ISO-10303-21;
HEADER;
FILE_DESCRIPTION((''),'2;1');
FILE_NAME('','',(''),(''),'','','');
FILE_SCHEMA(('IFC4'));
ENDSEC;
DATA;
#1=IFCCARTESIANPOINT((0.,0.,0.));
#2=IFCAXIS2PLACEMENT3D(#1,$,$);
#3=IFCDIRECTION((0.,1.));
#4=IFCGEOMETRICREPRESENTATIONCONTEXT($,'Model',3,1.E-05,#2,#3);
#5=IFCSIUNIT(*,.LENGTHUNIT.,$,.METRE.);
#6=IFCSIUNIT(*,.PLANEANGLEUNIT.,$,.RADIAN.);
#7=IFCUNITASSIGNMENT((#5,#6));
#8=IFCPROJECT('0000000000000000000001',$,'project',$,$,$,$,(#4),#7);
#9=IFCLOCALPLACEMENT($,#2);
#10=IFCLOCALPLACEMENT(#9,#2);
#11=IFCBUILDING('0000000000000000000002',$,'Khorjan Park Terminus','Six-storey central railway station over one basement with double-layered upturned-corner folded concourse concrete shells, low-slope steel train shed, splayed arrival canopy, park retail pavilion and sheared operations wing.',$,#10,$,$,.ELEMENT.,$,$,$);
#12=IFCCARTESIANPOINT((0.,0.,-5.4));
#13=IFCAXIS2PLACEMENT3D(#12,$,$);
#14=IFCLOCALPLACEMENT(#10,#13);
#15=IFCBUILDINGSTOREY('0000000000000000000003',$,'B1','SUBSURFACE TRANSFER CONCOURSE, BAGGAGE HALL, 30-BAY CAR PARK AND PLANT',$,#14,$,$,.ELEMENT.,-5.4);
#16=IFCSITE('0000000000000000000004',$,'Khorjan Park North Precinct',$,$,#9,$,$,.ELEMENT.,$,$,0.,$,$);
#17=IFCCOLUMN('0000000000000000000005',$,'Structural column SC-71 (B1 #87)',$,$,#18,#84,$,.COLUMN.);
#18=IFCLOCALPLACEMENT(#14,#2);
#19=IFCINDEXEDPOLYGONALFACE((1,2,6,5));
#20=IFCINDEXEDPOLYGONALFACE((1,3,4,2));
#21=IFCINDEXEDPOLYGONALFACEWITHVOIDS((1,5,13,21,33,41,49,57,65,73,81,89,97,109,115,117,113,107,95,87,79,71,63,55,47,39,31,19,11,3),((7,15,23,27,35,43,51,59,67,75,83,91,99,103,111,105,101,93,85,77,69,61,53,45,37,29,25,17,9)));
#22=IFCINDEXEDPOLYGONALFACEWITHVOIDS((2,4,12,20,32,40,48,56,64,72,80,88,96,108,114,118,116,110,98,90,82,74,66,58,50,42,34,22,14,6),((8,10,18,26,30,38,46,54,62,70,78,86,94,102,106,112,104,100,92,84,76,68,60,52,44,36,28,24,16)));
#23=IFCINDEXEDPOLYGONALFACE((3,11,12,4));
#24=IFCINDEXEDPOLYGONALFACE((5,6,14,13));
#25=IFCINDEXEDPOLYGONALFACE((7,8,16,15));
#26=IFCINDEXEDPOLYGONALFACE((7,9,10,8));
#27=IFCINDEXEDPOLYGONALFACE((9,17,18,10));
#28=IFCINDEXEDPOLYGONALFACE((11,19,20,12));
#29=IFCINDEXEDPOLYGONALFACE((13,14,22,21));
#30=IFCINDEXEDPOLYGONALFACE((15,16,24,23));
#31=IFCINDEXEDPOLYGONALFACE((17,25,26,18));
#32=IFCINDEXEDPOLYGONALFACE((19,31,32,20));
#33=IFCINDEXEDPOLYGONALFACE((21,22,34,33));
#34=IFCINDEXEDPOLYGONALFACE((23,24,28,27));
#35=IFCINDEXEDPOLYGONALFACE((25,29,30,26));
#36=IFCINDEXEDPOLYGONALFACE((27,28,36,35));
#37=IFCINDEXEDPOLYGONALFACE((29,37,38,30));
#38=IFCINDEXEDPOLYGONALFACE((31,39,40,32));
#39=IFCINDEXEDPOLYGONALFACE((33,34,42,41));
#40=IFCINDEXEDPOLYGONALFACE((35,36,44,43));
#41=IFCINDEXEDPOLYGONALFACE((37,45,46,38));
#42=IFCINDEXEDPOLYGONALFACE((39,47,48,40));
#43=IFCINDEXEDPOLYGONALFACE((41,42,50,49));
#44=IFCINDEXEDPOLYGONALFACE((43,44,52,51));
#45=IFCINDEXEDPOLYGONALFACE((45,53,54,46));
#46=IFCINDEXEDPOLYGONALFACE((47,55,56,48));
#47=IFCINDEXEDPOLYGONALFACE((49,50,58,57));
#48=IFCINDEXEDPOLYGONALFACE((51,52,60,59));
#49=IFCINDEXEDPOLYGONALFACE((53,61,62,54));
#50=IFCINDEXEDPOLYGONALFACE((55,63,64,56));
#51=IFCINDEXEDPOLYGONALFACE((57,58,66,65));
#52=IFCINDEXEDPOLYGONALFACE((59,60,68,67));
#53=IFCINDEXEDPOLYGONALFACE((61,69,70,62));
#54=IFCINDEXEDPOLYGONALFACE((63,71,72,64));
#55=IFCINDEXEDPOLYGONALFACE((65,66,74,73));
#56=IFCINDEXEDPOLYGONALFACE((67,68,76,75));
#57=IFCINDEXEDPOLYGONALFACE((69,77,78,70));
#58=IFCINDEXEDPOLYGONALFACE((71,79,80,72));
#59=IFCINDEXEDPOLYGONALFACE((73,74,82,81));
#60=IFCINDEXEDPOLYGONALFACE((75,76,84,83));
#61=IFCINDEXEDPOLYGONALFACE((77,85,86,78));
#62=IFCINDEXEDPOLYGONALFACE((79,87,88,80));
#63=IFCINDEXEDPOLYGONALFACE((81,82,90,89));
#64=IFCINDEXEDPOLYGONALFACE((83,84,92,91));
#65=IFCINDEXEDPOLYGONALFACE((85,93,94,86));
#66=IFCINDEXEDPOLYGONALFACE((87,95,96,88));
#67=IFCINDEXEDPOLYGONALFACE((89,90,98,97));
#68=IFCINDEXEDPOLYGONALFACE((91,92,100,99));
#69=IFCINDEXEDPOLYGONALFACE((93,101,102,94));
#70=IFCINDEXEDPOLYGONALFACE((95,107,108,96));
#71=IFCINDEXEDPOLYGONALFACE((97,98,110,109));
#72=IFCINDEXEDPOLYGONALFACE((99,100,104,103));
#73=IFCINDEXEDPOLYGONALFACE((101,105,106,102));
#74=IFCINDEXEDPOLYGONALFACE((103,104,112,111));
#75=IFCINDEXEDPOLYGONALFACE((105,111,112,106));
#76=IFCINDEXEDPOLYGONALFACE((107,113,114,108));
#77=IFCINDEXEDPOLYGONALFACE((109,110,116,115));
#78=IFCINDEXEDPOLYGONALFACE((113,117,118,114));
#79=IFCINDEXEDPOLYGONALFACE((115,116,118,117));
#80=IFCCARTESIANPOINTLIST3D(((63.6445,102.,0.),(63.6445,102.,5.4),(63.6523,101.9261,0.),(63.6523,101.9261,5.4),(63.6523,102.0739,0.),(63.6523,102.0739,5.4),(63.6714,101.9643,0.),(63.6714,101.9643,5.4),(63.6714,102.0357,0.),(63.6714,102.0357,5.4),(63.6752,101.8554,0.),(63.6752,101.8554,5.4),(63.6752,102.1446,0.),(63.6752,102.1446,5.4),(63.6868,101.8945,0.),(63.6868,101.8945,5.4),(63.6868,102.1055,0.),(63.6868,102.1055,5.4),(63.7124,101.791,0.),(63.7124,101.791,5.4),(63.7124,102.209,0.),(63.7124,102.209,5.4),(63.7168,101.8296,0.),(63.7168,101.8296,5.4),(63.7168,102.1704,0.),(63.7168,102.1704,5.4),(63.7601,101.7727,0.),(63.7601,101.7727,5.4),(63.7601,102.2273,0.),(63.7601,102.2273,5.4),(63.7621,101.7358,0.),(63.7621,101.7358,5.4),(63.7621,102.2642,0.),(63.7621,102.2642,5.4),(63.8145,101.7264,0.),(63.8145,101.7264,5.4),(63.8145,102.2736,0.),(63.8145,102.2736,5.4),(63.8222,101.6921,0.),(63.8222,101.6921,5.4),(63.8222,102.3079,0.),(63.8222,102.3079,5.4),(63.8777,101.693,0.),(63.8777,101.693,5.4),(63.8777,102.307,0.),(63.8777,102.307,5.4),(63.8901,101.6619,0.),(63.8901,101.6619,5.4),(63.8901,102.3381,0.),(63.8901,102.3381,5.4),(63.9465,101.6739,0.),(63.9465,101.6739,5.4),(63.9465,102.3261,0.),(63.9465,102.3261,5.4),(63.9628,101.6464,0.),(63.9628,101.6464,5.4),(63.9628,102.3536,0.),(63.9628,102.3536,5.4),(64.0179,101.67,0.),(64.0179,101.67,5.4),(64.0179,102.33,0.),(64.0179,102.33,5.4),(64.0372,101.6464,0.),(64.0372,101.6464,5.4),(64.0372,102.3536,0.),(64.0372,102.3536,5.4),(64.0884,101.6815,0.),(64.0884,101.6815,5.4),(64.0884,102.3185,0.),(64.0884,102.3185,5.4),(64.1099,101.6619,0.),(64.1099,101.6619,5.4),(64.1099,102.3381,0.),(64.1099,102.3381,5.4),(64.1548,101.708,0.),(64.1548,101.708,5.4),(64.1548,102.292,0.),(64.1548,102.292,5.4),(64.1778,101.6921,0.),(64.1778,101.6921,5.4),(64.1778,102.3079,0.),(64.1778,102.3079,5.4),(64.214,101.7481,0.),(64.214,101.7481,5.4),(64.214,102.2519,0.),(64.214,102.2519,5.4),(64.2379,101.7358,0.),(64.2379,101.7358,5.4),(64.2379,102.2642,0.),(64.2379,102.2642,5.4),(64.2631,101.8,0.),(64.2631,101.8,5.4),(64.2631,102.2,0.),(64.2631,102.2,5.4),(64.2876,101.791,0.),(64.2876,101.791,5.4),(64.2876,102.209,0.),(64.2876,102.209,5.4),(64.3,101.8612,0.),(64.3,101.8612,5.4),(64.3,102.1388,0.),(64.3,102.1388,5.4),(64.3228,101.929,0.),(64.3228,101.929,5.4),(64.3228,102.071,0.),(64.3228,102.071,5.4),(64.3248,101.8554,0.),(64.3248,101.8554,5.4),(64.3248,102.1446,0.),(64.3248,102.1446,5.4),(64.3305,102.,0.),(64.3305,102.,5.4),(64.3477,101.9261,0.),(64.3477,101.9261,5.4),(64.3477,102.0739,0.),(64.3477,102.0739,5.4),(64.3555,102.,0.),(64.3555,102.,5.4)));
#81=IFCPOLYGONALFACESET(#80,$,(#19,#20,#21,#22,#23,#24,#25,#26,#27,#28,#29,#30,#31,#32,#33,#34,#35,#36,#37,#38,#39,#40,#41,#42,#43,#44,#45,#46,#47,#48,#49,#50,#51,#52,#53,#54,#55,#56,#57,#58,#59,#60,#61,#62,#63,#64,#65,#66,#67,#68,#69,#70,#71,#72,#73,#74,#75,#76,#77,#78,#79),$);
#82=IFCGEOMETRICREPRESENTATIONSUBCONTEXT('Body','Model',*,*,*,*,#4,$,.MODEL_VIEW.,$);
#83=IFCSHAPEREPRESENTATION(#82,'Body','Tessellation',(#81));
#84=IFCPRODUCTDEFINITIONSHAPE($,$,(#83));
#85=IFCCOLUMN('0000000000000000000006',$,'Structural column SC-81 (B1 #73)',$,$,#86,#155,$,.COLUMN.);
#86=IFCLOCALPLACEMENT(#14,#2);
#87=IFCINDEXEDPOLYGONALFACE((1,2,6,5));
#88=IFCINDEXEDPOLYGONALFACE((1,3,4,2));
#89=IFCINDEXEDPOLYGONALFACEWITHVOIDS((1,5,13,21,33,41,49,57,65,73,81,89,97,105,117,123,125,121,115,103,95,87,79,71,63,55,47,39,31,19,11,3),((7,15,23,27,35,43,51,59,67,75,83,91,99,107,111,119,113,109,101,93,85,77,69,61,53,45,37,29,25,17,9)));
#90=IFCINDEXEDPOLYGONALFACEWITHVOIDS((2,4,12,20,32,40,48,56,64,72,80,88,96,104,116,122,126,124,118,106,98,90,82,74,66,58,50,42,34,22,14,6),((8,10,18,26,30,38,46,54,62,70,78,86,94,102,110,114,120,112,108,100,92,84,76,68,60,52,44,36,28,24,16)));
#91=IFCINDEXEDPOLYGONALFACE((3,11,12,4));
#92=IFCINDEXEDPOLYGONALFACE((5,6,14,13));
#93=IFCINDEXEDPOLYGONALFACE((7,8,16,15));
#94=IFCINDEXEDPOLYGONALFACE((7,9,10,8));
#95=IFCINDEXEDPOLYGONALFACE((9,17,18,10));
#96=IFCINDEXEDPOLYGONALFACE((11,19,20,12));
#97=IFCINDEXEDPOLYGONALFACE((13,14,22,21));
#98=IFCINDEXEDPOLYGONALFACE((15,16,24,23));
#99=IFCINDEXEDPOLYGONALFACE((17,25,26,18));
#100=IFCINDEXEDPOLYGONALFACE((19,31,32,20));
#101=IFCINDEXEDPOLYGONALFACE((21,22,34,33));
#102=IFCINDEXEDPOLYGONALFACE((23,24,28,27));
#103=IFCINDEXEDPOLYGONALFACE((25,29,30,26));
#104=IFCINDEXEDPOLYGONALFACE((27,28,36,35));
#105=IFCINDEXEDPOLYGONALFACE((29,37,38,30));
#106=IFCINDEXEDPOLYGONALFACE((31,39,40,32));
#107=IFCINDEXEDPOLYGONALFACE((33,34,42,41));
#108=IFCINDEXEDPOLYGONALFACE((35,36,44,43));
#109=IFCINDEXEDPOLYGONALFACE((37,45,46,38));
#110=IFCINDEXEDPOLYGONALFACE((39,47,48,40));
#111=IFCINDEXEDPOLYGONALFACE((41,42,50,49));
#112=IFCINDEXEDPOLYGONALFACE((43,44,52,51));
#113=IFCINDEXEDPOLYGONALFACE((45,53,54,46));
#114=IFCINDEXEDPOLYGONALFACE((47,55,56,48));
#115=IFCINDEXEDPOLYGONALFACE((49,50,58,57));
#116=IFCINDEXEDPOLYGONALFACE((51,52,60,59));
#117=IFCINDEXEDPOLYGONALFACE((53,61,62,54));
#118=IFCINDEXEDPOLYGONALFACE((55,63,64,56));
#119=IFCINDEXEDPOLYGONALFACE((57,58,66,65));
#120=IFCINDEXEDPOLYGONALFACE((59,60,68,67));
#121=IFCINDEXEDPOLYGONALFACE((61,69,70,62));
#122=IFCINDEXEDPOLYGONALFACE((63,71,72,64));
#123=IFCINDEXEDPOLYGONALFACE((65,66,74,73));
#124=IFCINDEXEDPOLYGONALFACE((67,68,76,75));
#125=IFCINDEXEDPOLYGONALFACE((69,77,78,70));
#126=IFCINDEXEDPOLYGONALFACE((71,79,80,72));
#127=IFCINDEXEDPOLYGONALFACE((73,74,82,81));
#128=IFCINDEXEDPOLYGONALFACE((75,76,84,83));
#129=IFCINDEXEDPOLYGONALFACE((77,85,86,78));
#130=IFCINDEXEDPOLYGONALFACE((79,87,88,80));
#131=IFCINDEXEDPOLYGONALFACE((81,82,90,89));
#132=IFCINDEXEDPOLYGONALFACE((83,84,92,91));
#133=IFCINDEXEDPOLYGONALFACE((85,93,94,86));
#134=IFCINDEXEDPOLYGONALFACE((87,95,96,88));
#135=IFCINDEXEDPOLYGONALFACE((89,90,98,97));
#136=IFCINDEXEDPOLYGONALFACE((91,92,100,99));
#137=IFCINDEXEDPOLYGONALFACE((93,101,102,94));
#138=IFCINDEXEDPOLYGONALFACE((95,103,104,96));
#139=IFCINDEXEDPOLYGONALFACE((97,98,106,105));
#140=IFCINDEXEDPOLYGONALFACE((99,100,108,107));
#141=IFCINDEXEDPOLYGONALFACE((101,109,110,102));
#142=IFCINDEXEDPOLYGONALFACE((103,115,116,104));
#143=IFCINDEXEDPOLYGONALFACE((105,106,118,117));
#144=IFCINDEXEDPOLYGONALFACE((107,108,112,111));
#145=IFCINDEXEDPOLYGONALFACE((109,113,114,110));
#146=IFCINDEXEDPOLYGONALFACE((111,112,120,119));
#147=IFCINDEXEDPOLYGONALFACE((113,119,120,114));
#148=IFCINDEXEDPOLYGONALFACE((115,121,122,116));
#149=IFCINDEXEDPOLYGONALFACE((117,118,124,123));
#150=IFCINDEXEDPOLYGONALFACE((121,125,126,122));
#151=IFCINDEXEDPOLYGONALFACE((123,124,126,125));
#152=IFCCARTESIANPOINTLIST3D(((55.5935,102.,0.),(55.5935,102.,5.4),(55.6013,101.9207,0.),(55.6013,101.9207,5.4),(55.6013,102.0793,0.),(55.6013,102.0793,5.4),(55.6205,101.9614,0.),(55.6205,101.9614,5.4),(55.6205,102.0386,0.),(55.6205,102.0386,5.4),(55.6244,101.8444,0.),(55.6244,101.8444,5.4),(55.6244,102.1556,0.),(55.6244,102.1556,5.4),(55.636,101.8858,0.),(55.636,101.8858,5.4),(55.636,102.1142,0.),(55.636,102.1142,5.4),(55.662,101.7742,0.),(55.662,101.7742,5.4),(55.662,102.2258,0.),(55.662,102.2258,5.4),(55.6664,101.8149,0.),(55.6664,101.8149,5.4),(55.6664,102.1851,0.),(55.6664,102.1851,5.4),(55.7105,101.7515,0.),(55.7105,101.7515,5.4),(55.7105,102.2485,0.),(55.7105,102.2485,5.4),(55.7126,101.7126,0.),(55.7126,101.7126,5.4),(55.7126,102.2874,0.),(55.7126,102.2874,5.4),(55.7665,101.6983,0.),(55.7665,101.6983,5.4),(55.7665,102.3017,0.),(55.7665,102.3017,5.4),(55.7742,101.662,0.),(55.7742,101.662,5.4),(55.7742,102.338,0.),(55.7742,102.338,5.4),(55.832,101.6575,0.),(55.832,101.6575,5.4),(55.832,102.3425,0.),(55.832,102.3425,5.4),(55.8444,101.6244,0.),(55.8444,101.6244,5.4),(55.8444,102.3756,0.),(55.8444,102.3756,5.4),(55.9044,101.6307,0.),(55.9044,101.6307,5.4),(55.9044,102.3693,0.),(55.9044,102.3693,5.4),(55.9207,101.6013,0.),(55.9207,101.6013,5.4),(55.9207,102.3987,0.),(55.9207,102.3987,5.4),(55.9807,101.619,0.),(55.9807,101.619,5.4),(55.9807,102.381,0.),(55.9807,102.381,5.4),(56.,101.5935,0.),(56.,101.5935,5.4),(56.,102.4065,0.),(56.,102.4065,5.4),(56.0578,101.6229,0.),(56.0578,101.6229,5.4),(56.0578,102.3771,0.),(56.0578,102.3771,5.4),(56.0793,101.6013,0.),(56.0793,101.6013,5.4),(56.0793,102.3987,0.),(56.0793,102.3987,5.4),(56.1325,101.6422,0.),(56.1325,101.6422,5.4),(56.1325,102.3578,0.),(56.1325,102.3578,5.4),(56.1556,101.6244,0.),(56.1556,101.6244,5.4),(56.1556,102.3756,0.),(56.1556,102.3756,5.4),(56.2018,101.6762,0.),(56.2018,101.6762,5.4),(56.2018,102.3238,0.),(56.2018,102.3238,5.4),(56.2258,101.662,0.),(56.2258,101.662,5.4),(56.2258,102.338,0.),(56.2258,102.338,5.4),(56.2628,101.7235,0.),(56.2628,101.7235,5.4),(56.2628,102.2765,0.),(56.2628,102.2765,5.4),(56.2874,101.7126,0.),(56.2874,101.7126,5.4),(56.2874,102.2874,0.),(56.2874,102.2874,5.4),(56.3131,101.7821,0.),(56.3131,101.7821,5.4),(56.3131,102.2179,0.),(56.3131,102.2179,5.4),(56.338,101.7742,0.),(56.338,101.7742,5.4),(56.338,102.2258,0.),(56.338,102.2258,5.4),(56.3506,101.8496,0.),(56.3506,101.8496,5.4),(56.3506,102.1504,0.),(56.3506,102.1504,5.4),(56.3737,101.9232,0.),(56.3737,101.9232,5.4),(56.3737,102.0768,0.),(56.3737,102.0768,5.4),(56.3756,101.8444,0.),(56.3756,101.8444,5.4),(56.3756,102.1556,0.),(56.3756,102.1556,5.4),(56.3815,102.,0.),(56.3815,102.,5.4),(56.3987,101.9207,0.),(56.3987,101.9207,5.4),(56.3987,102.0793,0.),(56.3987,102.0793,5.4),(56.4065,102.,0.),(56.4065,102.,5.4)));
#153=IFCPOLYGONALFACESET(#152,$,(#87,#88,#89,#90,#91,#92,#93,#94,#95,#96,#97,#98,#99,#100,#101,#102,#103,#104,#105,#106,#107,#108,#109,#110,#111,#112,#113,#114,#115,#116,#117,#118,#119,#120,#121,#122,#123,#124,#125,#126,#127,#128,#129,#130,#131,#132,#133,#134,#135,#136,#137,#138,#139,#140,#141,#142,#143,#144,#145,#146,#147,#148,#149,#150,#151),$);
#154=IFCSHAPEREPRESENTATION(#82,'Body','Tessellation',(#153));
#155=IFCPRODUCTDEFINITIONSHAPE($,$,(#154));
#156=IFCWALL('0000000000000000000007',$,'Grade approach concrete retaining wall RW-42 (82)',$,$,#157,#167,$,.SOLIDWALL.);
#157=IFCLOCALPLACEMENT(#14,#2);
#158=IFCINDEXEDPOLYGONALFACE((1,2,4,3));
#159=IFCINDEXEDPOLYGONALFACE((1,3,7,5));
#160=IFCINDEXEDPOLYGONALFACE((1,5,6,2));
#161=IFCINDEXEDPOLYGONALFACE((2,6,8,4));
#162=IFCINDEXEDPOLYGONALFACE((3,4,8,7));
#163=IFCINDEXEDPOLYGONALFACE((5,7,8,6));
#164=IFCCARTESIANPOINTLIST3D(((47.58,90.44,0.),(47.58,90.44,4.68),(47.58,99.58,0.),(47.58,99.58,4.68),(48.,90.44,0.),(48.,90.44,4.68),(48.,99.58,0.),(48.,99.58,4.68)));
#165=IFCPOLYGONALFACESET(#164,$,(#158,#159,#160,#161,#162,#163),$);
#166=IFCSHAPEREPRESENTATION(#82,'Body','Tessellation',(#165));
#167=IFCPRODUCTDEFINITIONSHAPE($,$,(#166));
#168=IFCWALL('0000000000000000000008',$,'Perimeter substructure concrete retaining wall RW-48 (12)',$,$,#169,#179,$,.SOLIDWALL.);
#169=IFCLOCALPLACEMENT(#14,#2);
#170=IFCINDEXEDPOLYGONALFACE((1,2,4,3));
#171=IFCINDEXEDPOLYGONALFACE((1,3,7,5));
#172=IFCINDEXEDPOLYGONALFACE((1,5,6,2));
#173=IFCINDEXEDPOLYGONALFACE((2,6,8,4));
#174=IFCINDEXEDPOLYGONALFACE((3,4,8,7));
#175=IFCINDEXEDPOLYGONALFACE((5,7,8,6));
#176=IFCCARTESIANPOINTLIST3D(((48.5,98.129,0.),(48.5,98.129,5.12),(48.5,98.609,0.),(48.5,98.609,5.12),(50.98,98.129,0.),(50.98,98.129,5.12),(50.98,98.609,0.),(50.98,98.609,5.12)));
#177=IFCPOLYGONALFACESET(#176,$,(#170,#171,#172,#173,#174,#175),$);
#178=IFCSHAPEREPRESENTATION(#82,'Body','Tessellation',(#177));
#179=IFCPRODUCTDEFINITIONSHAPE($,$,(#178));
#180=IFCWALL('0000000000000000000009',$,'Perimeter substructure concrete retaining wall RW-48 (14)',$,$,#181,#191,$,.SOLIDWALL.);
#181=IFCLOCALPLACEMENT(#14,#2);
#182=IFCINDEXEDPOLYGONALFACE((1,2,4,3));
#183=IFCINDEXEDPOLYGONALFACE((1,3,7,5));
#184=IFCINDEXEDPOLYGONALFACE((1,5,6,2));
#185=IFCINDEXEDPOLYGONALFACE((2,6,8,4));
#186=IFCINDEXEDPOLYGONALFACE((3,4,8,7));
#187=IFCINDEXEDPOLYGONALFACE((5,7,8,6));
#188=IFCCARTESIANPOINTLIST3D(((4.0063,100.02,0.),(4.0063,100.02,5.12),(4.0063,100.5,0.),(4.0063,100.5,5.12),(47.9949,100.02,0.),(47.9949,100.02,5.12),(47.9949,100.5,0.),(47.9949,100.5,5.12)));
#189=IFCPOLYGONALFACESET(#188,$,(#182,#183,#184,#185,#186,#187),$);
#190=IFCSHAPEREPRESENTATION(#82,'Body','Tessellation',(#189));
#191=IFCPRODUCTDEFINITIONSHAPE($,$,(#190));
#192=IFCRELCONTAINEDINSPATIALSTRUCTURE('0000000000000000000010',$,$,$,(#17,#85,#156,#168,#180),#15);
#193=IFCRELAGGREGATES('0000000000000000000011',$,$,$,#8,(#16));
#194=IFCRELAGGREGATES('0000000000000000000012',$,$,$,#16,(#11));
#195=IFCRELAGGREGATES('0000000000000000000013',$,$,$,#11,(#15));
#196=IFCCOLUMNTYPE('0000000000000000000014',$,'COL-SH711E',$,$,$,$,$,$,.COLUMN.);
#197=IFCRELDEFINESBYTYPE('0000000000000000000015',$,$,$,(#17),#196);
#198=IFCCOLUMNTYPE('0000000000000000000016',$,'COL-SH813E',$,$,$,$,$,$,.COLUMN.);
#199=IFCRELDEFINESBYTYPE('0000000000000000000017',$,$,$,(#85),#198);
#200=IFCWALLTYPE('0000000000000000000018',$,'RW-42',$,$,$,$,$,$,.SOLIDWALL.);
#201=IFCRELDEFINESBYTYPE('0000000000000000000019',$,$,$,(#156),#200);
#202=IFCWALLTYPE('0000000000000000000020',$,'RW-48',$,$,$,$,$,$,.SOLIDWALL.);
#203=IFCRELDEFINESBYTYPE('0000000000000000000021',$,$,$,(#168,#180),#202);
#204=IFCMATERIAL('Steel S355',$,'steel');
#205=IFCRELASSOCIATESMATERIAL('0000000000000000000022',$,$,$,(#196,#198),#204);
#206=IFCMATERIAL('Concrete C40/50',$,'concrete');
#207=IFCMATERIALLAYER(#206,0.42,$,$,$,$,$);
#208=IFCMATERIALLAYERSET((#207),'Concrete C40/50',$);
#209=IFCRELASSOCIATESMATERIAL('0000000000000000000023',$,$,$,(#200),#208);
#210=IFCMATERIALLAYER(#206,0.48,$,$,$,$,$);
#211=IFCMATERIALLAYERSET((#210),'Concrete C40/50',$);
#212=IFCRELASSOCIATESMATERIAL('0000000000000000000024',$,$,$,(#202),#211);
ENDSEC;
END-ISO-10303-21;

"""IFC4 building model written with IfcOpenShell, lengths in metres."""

from ifc_helpers import new_model, si_unit, direction, frame, frame_2d, origin, origin_2d, place, context, subcontext, project, spatial, rectangle, hollow_circle, extrude, material, layer, layer_set, material_profile, profile_set, type_object, element, save


model = new_model("IFC4")

# Units and contexts
model_context = context("Model", 3, precision=1e-05, world=origin(), true_north=direction((0.0, 1.0)))
body_context = subcontext(model_context, "Body", "Model", "MODEL_VIEW")
ifc_project = project(units=[si_unit("LENGTHUNIT", "METRE"), si_unit("PLANEANGLEUNIT", "RADIAN")], contexts=[model_context])

# Site, building, storey
site_placement = place(None, origin())
site = spatial("IfcSite", under=ifc_project, at=site_placement, Name="Khorjan Park North Precinct", CompositionType="ELEMENT", RefElevation=0.0)
building_placement = place(site_placement, origin())
building = spatial("IfcBuilding", under=site, at=building_placement, Name="Khorjan Park Terminus", Description="Six-storey central railway station over one basement with double-layered upturned-corner folded concourse concrete shells, low-slope steel train shed, splayed arrival canopy, park retail pavilion and sheared operations wing.", CompositionType="ELEMENT")
storey_placement = place(building_placement, frame((0.0, 0.0, -5.4)))
storey = spatial("IfcBuildingStorey", under=building, at=storey_placement, Name="B1", Description="SUBSURFACE TRANSFER CONCOURSE, BAGGAGE HALL, 30-BAY CAR PARK AND PLANT", CompositionType="ELEMENT", Elevation=-5.4)

# Shared definitions
ifc_material_1 = material(Name="Concrete C40/50", Category="concrete")

# Columns
ifc_material_2 = material(Name="Steel S355", Category="steel")
ifc_material_profile_1 = material_profile(ifc_material_2, hollow_circle(Radius=0.3555, WallThickness=0.025, at=origin_2d()), Name="CHS 711x25")
ifc_profile_set_1 = profile_set([ifc_material_profile_1], Name="Steel S355")
column_type_1 = type_object("IfcColumnType", Name="COL-SH711E", PredefinedType="COLUMN", material=ifc_profile_set_1)
column_1_placement = place(storey_placement, frame((64.0, 102.0, 0.0), z_axis=(0.0, 0.0, 1.0), x_axis=(1.0, 0.0, 0.0)))
element("IfcColumn", 1, at=column_1_placement, inside=storey, type_object=column_type_1, Name="Structural column SC-71 (B1 #87)", PredefinedType="COLUMN", context=body_context, shape_type="SweptSolid", body=[
    extrude(hollow_circle(Radius=0.3555, WallThickness=0.025, at=origin_2d()), origin(), (0.0, 0.0, 1.0), 5.4),
])
ifc_material_profile_2 = material_profile(ifc_material_2, hollow_circle(Radius=0.4065, WallThickness=0.025, at=origin_2d()), Name="CHS 813x25")
ifc_profile_set_2 = profile_set([ifc_material_profile_2], Name="Steel S355")
column_type_2 = type_object("IfcColumnType", Name="COL-SH813E", PredefinedType="COLUMN", material=ifc_profile_set_2)
column_2_placement = place(storey_placement, frame((56.0, 102.0, 0.0), z_axis=(0.0, 0.0, 1.0), x_axis=(1.0, 0.0, 0.0)))
element("IfcColumn", 2, at=column_2_placement, inside=storey, type_object=column_type_2, Name="Structural column SC-81 (B1 #73)", PredefinedType="COLUMN", context=body_context, shape_type="SweptSolid", body=[
    extrude(hollow_circle(Radius=0.4065, WallThickness=0.025, at=origin_2d()), origin(), (0.0, 0.0, 1.0), 5.4),
])

# Walls
ifc_layer_1 = layer(ifc_material_1, 0.42)
ifc_layer_set_1 = layer_set([ifc_layer_1], Name="Concrete C40/50")
wall_type_1 = type_object("IfcWallType", Name="RW-42", PredefinedType="SOLIDWALL", material=ifc_layer_set_1)
wall_1_placement = place(storey_placement, frame((47.79, 99.58, 0.0), z_axis=(0.0, 0.0, 1.0), x_axis=(0.0, -1.0, 0.0)))
element("IfcWall", 3, at=wall_1_placement, inside=storey, type_object=wall_type_1, Name="Grade approach concrete retaining wall RW-42 (82)", PredefinedType="SOLIDWALL", context=body_context, shape_type="SweptSolid", body=[
    extrude(rectangle(XDim=9.14, YDim=0.42, at=frame_2d((4.57, 0.0))), origin(), (0.0, 0.0, 1.0), 4.68),
])
ifc_layer_2 = layer(ifc_material_1, 0.48)
ifc_layer_set_2 = layer_set([ifc_layer_2], Name="Concrete C40/50")
wall_type_2 = type_object("IfcWallType", Name="RW-48", PredefinedType="SOLIDWALL", material=ifc_layer_set_2)
wall_2_placement = place(storey_placement, frame((50.98, 98.369, 0.0), z_axis=(0.0, 0.0, 1.0), x_axis=(-1.0, 0.0, 0.0)))
element("IfcWall", 4, at=wall_2_placement, inside=storey, type_object=wall_type_2, Name="Perimeter substructure concrete retaining wall RW-48 (12)", PredefinedType="SOLIDWALL", context=body_context, shape_type="SweptSolid", body=[
    extrude(rectangle(XDim=2.48, YDim=0.48, at=frame_2d((1.24, 0.0))), origin(), (0.0, 0.0, 1.0), 5.12),
])
wall_3_placement = place(storey_placement, frame((47.9949, 100.26, 0.0), z_axis=(0.0, 0.0, 1.0), x_axis=(-1.0, 0.0, 0.0)))
element("IfcWall", 5, at=wall_3_placement, inside=storey, type_object=wall_type_2, Name="Perimeter substructure concrete retaining wall RW-48 (14)", PredefinedType="SOLIDWALL", context=body_context, shape_type="SweptSolid", body=[
    extrude(rectangle(XDim=43.9886, YDim=0.48, at=frame_2d((21.9943, 0.0))), origin(), (0.0, 0.0, 1.0), 5.12),
])

save(model, "model.ifc")
